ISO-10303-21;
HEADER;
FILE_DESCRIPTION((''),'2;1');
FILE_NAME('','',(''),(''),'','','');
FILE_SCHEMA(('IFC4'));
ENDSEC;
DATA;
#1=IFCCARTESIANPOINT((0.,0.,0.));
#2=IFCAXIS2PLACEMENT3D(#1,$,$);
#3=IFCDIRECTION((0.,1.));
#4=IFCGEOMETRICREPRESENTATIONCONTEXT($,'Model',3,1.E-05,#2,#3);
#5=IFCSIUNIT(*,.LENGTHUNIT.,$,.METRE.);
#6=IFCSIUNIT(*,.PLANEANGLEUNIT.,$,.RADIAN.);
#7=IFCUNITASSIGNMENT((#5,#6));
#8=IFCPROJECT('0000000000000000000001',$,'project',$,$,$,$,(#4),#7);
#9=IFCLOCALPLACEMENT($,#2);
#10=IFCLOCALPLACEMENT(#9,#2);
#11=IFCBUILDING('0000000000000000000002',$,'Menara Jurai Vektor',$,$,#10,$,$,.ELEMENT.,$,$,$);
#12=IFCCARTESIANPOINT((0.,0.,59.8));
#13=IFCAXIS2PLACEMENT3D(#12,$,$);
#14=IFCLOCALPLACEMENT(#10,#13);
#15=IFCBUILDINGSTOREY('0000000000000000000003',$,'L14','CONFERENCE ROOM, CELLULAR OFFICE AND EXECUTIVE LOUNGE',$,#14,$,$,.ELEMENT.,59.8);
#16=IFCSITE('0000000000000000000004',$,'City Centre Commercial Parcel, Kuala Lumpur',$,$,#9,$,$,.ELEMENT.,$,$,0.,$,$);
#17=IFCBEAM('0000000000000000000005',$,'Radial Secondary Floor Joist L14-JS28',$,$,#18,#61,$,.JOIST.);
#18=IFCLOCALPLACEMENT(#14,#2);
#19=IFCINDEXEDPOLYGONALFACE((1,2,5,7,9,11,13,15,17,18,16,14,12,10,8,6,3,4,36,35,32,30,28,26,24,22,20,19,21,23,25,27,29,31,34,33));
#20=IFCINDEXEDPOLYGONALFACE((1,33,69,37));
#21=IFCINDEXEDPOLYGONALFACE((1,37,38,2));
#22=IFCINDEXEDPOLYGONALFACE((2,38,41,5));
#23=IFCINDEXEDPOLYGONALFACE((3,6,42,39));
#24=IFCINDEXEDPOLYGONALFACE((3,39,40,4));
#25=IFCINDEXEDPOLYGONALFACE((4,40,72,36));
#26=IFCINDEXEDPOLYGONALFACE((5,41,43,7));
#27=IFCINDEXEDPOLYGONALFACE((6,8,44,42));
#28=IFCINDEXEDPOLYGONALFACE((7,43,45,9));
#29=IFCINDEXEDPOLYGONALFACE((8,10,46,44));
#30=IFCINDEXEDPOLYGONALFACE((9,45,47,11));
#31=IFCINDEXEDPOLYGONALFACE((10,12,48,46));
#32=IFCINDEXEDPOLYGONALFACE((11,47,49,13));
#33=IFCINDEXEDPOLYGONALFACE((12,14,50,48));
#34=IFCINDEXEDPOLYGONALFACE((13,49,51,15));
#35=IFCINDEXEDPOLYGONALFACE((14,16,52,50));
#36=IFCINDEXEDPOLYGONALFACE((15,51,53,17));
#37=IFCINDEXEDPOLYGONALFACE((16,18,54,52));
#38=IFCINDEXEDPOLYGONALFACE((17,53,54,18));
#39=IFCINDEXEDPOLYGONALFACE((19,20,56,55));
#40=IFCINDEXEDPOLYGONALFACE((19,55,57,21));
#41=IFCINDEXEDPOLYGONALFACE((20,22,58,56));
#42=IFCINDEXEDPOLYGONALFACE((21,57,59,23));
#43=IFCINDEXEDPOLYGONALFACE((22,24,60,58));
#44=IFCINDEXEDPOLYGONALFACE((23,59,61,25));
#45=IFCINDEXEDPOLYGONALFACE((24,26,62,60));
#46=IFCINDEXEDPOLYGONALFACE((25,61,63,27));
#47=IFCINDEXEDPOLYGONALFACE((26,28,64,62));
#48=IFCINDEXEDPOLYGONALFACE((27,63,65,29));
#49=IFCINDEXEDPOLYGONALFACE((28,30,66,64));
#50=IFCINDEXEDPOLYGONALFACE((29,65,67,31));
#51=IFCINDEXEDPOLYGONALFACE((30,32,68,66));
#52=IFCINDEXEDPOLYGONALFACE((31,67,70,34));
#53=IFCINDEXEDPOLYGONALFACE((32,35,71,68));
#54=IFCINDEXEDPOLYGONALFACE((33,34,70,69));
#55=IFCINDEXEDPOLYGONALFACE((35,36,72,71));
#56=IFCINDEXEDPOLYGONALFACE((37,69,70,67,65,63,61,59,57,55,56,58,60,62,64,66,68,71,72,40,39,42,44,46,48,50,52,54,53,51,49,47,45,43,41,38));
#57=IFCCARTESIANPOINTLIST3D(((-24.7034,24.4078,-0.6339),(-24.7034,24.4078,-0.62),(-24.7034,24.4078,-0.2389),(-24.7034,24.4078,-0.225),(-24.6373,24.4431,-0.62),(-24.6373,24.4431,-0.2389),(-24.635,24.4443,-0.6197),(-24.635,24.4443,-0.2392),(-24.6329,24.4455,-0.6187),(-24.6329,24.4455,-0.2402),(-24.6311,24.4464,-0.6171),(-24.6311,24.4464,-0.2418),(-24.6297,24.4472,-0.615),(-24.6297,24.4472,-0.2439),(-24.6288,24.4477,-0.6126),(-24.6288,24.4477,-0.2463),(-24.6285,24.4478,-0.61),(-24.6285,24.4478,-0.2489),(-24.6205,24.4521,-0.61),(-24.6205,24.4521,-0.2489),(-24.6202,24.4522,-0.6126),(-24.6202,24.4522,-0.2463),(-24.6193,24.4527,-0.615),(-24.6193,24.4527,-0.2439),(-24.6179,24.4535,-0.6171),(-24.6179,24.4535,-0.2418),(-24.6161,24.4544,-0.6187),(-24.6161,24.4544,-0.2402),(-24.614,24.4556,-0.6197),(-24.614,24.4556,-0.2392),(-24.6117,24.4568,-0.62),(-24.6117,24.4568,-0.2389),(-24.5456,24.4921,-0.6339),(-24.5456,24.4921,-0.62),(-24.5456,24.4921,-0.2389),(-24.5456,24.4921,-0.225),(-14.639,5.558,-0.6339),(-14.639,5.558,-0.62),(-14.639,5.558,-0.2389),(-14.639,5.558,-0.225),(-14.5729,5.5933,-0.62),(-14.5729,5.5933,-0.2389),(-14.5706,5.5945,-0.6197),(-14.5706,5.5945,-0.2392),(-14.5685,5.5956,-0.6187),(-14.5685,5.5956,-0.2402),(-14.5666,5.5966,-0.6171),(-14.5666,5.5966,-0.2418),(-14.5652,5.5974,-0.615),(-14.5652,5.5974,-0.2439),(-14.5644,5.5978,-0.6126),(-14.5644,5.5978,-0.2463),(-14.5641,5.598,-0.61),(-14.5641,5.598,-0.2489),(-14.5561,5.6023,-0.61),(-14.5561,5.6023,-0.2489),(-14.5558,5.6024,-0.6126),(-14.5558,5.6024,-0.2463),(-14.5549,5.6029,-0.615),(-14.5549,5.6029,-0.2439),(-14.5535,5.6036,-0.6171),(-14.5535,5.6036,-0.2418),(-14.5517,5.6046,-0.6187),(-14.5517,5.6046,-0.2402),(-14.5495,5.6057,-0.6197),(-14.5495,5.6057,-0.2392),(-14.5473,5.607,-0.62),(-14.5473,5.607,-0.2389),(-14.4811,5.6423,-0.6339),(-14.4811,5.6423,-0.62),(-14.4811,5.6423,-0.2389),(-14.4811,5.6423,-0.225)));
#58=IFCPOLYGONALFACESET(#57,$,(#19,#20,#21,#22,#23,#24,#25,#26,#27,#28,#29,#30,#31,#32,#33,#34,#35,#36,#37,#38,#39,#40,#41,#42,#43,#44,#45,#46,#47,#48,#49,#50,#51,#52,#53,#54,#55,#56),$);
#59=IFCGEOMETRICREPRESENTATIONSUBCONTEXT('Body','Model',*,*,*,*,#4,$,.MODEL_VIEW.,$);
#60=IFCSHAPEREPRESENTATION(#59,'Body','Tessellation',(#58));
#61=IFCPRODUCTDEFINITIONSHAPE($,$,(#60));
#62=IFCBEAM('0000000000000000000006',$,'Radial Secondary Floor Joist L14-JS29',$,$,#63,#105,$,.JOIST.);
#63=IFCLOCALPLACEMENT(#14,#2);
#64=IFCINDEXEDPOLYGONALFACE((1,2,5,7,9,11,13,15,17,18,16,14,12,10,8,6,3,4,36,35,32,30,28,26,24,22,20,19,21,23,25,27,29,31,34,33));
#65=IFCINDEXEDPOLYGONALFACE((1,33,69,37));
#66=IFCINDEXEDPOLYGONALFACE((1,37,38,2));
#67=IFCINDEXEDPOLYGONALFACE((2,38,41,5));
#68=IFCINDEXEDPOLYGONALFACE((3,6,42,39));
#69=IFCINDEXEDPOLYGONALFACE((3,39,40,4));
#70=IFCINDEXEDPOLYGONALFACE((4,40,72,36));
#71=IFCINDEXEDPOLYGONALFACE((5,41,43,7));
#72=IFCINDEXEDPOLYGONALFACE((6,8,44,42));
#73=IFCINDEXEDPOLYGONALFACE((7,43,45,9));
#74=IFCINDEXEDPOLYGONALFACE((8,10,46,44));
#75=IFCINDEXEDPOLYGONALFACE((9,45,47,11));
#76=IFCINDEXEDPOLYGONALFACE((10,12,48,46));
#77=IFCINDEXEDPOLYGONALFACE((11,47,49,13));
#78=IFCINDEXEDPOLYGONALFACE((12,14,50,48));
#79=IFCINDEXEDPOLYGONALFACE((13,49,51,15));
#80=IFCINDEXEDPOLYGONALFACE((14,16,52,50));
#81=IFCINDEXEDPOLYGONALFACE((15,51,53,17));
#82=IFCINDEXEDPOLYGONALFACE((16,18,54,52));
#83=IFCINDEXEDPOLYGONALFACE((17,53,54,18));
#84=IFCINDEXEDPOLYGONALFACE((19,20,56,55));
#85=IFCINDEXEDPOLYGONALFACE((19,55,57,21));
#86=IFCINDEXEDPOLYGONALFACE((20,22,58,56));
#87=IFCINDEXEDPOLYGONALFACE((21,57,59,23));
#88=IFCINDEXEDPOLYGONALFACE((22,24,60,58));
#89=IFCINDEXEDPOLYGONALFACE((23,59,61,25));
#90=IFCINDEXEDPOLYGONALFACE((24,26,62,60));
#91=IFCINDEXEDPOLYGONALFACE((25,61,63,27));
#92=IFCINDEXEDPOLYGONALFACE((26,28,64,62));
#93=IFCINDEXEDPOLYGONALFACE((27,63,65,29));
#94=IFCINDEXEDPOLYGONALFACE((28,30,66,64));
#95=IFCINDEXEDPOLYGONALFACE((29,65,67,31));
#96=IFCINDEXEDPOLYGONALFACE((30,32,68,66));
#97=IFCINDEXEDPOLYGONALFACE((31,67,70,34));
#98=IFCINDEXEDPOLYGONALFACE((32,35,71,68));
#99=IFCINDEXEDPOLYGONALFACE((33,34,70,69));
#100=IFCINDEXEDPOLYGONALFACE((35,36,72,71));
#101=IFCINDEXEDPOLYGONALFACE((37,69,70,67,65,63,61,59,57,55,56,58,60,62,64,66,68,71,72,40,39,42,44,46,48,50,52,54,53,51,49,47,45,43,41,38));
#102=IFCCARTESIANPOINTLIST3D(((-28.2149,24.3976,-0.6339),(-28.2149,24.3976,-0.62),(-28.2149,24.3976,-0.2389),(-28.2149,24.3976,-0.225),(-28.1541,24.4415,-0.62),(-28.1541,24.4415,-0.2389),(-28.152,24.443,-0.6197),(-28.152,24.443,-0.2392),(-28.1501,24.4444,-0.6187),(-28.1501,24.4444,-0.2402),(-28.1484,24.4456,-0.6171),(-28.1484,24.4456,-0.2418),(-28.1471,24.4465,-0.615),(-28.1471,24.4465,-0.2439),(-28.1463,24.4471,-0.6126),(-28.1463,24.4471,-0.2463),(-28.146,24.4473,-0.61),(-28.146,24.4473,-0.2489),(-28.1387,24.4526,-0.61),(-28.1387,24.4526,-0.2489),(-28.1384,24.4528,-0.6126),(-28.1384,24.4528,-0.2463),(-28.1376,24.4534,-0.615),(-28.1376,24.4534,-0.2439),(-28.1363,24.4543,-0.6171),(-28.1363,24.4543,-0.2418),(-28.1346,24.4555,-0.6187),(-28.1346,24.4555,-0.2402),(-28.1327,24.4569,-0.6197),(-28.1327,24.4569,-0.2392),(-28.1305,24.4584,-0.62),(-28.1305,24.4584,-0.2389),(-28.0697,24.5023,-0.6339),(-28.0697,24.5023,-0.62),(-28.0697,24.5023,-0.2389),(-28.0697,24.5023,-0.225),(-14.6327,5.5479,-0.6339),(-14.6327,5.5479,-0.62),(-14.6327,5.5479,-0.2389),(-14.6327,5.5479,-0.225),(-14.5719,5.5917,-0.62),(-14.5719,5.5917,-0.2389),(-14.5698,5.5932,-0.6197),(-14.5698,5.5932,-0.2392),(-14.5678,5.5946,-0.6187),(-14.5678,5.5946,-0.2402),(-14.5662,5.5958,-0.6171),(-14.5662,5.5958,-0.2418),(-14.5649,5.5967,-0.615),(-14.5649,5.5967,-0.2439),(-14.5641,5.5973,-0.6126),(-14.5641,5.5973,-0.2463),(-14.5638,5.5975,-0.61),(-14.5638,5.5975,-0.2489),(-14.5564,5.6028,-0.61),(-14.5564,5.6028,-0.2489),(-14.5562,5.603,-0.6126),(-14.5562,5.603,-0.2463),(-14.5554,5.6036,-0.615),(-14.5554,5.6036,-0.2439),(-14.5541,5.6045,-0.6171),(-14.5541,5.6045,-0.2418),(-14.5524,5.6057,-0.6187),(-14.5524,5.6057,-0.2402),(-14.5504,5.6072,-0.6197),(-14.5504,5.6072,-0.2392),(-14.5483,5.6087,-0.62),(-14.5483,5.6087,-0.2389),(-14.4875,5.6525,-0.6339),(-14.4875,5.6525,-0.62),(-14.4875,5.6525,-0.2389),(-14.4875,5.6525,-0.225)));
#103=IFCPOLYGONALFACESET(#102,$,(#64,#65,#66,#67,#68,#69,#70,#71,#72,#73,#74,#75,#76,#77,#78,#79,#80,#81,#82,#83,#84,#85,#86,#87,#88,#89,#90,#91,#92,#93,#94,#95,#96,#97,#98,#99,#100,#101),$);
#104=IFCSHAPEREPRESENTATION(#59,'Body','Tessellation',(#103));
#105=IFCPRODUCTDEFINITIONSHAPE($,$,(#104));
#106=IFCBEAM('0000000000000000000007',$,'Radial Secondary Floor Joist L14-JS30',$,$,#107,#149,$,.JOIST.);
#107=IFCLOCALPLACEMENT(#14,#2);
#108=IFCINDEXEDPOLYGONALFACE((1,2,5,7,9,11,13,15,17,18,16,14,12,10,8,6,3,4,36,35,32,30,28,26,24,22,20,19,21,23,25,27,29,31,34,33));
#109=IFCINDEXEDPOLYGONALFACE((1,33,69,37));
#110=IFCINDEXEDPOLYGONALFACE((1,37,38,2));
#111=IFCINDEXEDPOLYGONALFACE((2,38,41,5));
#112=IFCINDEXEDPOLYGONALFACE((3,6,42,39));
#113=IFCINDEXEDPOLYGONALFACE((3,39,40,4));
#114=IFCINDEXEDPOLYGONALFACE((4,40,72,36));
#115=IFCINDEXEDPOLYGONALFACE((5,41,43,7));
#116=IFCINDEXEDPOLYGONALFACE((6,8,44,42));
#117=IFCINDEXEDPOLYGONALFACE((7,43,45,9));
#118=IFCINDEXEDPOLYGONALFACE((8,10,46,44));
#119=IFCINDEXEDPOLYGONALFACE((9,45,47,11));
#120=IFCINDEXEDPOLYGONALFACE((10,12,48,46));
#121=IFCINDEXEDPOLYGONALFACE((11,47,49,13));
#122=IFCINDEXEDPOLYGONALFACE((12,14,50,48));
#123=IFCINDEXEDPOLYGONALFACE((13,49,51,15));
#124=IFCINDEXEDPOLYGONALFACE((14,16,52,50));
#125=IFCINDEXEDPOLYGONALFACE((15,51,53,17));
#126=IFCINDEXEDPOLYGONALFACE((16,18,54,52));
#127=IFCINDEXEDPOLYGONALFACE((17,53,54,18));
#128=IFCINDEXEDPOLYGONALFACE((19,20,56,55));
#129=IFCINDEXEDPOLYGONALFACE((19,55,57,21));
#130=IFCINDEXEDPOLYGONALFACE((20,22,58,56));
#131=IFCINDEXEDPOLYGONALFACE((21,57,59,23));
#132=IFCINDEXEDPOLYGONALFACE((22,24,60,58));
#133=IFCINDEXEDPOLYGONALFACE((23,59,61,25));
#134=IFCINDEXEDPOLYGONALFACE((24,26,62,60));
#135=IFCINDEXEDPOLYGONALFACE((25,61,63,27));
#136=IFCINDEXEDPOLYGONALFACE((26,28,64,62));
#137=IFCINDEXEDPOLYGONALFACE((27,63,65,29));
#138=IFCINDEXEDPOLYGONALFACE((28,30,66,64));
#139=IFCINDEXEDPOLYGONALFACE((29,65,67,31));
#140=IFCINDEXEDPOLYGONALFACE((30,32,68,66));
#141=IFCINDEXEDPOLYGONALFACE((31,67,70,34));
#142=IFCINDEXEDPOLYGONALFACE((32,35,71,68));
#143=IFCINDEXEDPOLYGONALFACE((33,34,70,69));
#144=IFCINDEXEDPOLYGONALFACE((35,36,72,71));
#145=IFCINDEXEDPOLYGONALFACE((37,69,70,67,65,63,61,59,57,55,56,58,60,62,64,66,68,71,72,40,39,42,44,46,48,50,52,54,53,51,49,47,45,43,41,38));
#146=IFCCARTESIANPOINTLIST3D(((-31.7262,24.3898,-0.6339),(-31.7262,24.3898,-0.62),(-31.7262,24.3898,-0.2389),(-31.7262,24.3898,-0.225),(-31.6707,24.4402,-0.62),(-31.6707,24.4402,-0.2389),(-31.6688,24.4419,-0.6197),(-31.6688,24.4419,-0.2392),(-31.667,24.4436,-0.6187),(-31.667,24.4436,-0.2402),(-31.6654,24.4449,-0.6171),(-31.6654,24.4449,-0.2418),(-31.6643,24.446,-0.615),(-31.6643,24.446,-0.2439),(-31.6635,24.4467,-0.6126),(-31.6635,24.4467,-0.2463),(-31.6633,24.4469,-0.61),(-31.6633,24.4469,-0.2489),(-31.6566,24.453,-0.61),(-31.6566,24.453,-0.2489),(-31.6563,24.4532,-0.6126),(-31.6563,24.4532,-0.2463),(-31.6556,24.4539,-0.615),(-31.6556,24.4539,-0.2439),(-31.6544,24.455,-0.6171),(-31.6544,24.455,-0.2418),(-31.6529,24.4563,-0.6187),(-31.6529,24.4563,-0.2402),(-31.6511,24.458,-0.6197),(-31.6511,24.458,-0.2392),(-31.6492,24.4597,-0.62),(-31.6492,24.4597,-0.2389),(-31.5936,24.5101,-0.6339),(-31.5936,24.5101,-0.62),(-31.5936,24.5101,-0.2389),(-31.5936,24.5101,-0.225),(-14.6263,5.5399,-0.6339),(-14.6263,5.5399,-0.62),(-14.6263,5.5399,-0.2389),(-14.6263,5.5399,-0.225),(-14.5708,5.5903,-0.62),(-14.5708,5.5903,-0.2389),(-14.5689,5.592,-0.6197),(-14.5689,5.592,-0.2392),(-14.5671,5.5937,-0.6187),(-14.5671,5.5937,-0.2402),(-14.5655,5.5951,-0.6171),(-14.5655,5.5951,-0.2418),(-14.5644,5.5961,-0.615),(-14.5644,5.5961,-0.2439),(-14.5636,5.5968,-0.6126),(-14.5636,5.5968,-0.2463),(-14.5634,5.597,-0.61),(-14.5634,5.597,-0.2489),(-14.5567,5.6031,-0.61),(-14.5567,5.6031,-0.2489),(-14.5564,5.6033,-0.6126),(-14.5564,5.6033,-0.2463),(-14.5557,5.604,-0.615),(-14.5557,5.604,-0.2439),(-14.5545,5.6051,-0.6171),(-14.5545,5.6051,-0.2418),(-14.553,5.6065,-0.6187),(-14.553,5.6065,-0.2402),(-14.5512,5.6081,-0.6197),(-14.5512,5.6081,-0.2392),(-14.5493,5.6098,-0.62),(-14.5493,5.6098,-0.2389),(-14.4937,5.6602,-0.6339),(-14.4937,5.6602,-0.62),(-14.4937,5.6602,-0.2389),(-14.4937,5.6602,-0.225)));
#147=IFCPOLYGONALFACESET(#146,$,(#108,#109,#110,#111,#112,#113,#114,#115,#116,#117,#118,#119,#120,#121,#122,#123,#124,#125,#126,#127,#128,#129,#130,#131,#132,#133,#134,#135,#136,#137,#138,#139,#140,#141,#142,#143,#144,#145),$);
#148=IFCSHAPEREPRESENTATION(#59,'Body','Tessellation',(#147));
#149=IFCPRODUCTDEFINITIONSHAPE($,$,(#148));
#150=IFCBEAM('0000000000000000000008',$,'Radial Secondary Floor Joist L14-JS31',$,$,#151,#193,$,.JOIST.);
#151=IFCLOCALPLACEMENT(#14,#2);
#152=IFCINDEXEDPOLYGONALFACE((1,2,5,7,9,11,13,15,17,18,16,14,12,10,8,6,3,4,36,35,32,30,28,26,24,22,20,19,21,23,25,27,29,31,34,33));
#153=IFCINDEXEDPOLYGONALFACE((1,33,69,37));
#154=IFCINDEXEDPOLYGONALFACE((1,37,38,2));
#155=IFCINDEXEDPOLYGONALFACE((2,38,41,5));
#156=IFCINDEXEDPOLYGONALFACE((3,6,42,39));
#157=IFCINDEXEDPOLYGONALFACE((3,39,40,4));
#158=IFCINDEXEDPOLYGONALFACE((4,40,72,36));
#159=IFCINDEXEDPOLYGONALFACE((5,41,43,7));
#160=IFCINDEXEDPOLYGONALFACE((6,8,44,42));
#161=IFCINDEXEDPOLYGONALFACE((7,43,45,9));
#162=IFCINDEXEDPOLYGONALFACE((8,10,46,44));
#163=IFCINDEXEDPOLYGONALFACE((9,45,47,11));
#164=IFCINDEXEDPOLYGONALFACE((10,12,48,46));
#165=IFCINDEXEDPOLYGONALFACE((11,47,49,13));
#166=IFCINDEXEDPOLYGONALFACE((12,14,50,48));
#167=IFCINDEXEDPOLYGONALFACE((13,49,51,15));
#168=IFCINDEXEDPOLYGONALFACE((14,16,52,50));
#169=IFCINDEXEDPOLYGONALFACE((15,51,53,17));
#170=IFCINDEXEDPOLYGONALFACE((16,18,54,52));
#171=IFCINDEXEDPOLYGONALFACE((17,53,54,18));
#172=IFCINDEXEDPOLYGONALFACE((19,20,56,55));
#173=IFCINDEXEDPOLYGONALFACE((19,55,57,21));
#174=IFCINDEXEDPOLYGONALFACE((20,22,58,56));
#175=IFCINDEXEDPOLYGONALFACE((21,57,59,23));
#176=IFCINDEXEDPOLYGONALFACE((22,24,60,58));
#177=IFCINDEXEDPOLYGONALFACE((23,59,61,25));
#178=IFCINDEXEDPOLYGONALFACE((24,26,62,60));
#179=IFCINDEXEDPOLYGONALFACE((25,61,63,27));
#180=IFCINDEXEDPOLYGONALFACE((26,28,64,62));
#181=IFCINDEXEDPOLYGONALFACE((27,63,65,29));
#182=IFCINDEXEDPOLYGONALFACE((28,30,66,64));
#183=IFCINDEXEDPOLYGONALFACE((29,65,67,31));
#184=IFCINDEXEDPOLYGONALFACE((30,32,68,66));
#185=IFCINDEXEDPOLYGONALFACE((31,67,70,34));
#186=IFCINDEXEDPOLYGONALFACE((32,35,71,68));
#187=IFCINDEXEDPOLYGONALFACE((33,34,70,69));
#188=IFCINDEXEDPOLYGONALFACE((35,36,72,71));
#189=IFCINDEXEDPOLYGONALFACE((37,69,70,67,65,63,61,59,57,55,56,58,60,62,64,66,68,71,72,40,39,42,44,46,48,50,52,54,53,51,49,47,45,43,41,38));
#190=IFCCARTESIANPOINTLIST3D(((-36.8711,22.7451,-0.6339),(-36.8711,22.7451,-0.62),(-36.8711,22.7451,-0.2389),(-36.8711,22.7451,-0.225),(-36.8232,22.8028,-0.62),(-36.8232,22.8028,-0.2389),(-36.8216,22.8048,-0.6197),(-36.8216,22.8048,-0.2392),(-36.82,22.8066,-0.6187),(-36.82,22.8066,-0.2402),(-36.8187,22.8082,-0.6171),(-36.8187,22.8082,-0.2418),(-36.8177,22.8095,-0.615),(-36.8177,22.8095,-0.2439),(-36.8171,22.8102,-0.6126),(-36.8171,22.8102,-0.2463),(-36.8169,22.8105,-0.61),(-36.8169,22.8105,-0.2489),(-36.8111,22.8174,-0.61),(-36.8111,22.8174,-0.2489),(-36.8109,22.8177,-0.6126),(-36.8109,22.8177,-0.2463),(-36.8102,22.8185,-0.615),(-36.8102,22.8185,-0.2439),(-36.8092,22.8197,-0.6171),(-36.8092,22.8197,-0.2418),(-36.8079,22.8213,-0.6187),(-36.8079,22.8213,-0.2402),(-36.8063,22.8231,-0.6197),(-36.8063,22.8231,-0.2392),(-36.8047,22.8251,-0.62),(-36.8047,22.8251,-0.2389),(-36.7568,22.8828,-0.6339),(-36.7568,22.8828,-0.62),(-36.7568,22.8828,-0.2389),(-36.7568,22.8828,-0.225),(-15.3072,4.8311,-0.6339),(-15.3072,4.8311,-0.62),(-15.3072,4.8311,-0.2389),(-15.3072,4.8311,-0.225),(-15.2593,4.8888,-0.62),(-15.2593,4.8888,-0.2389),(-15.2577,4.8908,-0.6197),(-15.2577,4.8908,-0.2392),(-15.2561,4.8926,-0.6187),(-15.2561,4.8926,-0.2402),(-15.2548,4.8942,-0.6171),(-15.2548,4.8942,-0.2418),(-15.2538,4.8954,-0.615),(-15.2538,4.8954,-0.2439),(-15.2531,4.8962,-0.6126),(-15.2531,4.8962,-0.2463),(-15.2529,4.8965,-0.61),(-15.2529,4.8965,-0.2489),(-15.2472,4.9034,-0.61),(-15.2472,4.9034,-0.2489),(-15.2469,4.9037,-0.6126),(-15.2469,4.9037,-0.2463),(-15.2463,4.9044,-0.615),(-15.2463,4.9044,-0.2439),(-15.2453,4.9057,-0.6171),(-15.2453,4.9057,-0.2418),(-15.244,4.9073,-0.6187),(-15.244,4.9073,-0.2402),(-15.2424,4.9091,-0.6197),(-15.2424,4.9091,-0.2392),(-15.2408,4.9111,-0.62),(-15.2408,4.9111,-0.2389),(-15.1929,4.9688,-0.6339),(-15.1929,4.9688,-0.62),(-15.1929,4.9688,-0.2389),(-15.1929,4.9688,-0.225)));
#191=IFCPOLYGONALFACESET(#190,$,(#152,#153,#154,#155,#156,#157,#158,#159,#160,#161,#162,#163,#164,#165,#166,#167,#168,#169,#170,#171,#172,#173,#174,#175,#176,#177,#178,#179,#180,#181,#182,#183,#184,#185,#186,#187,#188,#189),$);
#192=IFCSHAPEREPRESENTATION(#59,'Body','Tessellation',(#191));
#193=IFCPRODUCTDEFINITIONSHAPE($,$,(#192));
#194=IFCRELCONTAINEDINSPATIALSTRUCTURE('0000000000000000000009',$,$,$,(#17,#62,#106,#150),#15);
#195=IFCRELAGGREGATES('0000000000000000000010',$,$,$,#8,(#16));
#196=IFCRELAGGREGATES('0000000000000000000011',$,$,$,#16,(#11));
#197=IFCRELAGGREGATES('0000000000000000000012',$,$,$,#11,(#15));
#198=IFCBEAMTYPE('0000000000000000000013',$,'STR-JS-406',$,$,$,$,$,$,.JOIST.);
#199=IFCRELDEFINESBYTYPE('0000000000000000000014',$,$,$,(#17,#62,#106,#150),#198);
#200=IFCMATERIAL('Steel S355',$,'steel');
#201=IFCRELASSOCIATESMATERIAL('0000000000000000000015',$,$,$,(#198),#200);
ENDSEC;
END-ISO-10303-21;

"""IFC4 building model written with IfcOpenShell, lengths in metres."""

from ifc_helpers import new_model, si_unit, direction, frame, origin, origin_2d, place, context, subcontext, project, spatial, i_section, extrude, material, material_profile, profile_set, type_object, element, save


model = new_model("IFC4")

# Units and contexts
model_context = context("Model", 3, precision=1e-05, world=origin(), true_north=direction((0.0, 1.0)))
body_context = subcontext(model_context, "Body", "Model", "MODEL_VIEW")
ifc_project = project(units=[si_unit("LENGTHUNIT", "METRE"), si_unit("PLANEANGLEUNIT", "RADIAN")], contexts=[model_context])

# Site, building, storey
site_placement = place(None, origin())
site = spatial("IfcSite", under=ifc_project, at=site_placement, Name="City Centre Commercial Parcel, Kuala Lumpur", CompositionType="ELEMENT", RefElevation=0.0)
building_placement = place(site_placement, origin())
building = spatial("IfcBuilding", under=site, at=building_placement, Name="Menara Jurai Vektor", CompositionType="ELEMENT")
storey_placement = place(building_placement, frame((0.0, 0.0, 59.8)))
storey = spatial("IfcBuildingStorey", under=building, at=storey_placement, Name="L14", Description="CONFERENCE ROOM, CELLULAR OFFICE AND EXECUTIVE LOUNGE", CompositionType="ELEMENT", Elevation=59.8)

# Shared definitions
ifc_material_1 = material(Name="Steel S355", Category="steel")

# Beams
ifc_material_profile_1 = material_profile(ifc_material_1, i_section(OverallWidth=0.179, OverallDepth=0.4089, WebThickness=0.009, FlangeThickness=0.0139, FilletRadius=0.01, at=origin_2d()), Name="UKB 406x178x67")
ifc_profile_set_1 = profile_set([ifc_material_profile_1], Name="Steel S355")
beam_type_1 = type_object("IfcBeamType", Name="STR-JS-406", PredefinedType="JOIST", material=ifc_profile_set_1)
beam_1_placement = place(storey_placement, frame((-24.6245, 24.45, -0.4294), z_axis=(0.470996, -0.882135, 0.0), x_axis=(0.882135, 0.470996, 0.0)))
element("IfcBeam", 1, at=beam_1_placement, inside=storey, type_object=beam_type_1, Name="Radial Secondary Floor Joist L14-JS28", PredefinedType="JOIST", context=body_context, shape_type="SweptSolid", body=[
    extrude(i_section(OverallWidth=0.179, OverallDepth=0.4089, WebThickness=0.009, FlangeThickness=0.0139, FilletRadius=0.01, at=origin_2d()), origin(), (0.0, 0.0, 1.0), 21.3684),
])
beam_2_placement = place(storey_placement, frame((-28.1423, 24.45, -0.4294), z_axis=(0.584599, -0.811322, 0.0), x_axis=(0.811322, 0.584599, 0.0)))
element("IfcBeam", 2, at=beam_2_placement, inside=storey, type_object=beam_type_1, Name="Radial Secondary Floor Joist L14-JS29", PredefinedType="JOIST", context=body_context, shape_type="SweptSolid", body=[
    extrude(i_section(OverallWidth=0.179, OverallDepth=0.4089, WebThickness=0.009, FlangeThickness=0.0139, FilletRadius=0.01, at=origin_2d()), origin(), (0.0, 0.0, 1.0), 23.2334),
])
beam_3_placement = place(storey_placement, frame((-31.6599, 24.45, -0.4294), z_axis=(0.67189, -0.740651, 0.0), x_axis=(0.740651, 0.67189, 0.0)))
element("IfcBeam", 3, at=beam_3_placement, inside=storey, type_object=beam_type_1, Name="Radial Secondary Floor Joist L14-JS30", PredefinedType="JOIST", context=body_context, shape_type="SweptSolid", body=[
    extrude(i_section(OverallWidth=0.179, OverallDepth=0.4089, WebThickness=0.009, FlangeThickness=0.0139, FilletRadius=0.01, at=origin_2d()), origin(), (0.0, 0.0, 1.0), 25.4504),
])
beam_4_placement = place(storey_placement, frame((-36.814, 22.814, -0.4294), z_axis=(0.769201, -0.639007, 0.0), x_axis=(0.639007, 0.769201, 0.0)))
element("IfcBeam", 4, at=beam_4_placement, inside=storey, type_object=beam_type_1, Name="Radial Secondary Floor Joist L14-JS31", PredefinedType="JOIST", context=body_context, shape_type="SweptSolid", body=[
    extrude(i_section(OverallWidth=0.179, OverallDepth=0.4089, WebThickness=0.009, FlangeThickness=0.0139, FilletRadius=0.01, at=origin_2d()), origin(), (0.0, 0.0, 1.0), 28.0342),
])

save(model, "model.ifc")
